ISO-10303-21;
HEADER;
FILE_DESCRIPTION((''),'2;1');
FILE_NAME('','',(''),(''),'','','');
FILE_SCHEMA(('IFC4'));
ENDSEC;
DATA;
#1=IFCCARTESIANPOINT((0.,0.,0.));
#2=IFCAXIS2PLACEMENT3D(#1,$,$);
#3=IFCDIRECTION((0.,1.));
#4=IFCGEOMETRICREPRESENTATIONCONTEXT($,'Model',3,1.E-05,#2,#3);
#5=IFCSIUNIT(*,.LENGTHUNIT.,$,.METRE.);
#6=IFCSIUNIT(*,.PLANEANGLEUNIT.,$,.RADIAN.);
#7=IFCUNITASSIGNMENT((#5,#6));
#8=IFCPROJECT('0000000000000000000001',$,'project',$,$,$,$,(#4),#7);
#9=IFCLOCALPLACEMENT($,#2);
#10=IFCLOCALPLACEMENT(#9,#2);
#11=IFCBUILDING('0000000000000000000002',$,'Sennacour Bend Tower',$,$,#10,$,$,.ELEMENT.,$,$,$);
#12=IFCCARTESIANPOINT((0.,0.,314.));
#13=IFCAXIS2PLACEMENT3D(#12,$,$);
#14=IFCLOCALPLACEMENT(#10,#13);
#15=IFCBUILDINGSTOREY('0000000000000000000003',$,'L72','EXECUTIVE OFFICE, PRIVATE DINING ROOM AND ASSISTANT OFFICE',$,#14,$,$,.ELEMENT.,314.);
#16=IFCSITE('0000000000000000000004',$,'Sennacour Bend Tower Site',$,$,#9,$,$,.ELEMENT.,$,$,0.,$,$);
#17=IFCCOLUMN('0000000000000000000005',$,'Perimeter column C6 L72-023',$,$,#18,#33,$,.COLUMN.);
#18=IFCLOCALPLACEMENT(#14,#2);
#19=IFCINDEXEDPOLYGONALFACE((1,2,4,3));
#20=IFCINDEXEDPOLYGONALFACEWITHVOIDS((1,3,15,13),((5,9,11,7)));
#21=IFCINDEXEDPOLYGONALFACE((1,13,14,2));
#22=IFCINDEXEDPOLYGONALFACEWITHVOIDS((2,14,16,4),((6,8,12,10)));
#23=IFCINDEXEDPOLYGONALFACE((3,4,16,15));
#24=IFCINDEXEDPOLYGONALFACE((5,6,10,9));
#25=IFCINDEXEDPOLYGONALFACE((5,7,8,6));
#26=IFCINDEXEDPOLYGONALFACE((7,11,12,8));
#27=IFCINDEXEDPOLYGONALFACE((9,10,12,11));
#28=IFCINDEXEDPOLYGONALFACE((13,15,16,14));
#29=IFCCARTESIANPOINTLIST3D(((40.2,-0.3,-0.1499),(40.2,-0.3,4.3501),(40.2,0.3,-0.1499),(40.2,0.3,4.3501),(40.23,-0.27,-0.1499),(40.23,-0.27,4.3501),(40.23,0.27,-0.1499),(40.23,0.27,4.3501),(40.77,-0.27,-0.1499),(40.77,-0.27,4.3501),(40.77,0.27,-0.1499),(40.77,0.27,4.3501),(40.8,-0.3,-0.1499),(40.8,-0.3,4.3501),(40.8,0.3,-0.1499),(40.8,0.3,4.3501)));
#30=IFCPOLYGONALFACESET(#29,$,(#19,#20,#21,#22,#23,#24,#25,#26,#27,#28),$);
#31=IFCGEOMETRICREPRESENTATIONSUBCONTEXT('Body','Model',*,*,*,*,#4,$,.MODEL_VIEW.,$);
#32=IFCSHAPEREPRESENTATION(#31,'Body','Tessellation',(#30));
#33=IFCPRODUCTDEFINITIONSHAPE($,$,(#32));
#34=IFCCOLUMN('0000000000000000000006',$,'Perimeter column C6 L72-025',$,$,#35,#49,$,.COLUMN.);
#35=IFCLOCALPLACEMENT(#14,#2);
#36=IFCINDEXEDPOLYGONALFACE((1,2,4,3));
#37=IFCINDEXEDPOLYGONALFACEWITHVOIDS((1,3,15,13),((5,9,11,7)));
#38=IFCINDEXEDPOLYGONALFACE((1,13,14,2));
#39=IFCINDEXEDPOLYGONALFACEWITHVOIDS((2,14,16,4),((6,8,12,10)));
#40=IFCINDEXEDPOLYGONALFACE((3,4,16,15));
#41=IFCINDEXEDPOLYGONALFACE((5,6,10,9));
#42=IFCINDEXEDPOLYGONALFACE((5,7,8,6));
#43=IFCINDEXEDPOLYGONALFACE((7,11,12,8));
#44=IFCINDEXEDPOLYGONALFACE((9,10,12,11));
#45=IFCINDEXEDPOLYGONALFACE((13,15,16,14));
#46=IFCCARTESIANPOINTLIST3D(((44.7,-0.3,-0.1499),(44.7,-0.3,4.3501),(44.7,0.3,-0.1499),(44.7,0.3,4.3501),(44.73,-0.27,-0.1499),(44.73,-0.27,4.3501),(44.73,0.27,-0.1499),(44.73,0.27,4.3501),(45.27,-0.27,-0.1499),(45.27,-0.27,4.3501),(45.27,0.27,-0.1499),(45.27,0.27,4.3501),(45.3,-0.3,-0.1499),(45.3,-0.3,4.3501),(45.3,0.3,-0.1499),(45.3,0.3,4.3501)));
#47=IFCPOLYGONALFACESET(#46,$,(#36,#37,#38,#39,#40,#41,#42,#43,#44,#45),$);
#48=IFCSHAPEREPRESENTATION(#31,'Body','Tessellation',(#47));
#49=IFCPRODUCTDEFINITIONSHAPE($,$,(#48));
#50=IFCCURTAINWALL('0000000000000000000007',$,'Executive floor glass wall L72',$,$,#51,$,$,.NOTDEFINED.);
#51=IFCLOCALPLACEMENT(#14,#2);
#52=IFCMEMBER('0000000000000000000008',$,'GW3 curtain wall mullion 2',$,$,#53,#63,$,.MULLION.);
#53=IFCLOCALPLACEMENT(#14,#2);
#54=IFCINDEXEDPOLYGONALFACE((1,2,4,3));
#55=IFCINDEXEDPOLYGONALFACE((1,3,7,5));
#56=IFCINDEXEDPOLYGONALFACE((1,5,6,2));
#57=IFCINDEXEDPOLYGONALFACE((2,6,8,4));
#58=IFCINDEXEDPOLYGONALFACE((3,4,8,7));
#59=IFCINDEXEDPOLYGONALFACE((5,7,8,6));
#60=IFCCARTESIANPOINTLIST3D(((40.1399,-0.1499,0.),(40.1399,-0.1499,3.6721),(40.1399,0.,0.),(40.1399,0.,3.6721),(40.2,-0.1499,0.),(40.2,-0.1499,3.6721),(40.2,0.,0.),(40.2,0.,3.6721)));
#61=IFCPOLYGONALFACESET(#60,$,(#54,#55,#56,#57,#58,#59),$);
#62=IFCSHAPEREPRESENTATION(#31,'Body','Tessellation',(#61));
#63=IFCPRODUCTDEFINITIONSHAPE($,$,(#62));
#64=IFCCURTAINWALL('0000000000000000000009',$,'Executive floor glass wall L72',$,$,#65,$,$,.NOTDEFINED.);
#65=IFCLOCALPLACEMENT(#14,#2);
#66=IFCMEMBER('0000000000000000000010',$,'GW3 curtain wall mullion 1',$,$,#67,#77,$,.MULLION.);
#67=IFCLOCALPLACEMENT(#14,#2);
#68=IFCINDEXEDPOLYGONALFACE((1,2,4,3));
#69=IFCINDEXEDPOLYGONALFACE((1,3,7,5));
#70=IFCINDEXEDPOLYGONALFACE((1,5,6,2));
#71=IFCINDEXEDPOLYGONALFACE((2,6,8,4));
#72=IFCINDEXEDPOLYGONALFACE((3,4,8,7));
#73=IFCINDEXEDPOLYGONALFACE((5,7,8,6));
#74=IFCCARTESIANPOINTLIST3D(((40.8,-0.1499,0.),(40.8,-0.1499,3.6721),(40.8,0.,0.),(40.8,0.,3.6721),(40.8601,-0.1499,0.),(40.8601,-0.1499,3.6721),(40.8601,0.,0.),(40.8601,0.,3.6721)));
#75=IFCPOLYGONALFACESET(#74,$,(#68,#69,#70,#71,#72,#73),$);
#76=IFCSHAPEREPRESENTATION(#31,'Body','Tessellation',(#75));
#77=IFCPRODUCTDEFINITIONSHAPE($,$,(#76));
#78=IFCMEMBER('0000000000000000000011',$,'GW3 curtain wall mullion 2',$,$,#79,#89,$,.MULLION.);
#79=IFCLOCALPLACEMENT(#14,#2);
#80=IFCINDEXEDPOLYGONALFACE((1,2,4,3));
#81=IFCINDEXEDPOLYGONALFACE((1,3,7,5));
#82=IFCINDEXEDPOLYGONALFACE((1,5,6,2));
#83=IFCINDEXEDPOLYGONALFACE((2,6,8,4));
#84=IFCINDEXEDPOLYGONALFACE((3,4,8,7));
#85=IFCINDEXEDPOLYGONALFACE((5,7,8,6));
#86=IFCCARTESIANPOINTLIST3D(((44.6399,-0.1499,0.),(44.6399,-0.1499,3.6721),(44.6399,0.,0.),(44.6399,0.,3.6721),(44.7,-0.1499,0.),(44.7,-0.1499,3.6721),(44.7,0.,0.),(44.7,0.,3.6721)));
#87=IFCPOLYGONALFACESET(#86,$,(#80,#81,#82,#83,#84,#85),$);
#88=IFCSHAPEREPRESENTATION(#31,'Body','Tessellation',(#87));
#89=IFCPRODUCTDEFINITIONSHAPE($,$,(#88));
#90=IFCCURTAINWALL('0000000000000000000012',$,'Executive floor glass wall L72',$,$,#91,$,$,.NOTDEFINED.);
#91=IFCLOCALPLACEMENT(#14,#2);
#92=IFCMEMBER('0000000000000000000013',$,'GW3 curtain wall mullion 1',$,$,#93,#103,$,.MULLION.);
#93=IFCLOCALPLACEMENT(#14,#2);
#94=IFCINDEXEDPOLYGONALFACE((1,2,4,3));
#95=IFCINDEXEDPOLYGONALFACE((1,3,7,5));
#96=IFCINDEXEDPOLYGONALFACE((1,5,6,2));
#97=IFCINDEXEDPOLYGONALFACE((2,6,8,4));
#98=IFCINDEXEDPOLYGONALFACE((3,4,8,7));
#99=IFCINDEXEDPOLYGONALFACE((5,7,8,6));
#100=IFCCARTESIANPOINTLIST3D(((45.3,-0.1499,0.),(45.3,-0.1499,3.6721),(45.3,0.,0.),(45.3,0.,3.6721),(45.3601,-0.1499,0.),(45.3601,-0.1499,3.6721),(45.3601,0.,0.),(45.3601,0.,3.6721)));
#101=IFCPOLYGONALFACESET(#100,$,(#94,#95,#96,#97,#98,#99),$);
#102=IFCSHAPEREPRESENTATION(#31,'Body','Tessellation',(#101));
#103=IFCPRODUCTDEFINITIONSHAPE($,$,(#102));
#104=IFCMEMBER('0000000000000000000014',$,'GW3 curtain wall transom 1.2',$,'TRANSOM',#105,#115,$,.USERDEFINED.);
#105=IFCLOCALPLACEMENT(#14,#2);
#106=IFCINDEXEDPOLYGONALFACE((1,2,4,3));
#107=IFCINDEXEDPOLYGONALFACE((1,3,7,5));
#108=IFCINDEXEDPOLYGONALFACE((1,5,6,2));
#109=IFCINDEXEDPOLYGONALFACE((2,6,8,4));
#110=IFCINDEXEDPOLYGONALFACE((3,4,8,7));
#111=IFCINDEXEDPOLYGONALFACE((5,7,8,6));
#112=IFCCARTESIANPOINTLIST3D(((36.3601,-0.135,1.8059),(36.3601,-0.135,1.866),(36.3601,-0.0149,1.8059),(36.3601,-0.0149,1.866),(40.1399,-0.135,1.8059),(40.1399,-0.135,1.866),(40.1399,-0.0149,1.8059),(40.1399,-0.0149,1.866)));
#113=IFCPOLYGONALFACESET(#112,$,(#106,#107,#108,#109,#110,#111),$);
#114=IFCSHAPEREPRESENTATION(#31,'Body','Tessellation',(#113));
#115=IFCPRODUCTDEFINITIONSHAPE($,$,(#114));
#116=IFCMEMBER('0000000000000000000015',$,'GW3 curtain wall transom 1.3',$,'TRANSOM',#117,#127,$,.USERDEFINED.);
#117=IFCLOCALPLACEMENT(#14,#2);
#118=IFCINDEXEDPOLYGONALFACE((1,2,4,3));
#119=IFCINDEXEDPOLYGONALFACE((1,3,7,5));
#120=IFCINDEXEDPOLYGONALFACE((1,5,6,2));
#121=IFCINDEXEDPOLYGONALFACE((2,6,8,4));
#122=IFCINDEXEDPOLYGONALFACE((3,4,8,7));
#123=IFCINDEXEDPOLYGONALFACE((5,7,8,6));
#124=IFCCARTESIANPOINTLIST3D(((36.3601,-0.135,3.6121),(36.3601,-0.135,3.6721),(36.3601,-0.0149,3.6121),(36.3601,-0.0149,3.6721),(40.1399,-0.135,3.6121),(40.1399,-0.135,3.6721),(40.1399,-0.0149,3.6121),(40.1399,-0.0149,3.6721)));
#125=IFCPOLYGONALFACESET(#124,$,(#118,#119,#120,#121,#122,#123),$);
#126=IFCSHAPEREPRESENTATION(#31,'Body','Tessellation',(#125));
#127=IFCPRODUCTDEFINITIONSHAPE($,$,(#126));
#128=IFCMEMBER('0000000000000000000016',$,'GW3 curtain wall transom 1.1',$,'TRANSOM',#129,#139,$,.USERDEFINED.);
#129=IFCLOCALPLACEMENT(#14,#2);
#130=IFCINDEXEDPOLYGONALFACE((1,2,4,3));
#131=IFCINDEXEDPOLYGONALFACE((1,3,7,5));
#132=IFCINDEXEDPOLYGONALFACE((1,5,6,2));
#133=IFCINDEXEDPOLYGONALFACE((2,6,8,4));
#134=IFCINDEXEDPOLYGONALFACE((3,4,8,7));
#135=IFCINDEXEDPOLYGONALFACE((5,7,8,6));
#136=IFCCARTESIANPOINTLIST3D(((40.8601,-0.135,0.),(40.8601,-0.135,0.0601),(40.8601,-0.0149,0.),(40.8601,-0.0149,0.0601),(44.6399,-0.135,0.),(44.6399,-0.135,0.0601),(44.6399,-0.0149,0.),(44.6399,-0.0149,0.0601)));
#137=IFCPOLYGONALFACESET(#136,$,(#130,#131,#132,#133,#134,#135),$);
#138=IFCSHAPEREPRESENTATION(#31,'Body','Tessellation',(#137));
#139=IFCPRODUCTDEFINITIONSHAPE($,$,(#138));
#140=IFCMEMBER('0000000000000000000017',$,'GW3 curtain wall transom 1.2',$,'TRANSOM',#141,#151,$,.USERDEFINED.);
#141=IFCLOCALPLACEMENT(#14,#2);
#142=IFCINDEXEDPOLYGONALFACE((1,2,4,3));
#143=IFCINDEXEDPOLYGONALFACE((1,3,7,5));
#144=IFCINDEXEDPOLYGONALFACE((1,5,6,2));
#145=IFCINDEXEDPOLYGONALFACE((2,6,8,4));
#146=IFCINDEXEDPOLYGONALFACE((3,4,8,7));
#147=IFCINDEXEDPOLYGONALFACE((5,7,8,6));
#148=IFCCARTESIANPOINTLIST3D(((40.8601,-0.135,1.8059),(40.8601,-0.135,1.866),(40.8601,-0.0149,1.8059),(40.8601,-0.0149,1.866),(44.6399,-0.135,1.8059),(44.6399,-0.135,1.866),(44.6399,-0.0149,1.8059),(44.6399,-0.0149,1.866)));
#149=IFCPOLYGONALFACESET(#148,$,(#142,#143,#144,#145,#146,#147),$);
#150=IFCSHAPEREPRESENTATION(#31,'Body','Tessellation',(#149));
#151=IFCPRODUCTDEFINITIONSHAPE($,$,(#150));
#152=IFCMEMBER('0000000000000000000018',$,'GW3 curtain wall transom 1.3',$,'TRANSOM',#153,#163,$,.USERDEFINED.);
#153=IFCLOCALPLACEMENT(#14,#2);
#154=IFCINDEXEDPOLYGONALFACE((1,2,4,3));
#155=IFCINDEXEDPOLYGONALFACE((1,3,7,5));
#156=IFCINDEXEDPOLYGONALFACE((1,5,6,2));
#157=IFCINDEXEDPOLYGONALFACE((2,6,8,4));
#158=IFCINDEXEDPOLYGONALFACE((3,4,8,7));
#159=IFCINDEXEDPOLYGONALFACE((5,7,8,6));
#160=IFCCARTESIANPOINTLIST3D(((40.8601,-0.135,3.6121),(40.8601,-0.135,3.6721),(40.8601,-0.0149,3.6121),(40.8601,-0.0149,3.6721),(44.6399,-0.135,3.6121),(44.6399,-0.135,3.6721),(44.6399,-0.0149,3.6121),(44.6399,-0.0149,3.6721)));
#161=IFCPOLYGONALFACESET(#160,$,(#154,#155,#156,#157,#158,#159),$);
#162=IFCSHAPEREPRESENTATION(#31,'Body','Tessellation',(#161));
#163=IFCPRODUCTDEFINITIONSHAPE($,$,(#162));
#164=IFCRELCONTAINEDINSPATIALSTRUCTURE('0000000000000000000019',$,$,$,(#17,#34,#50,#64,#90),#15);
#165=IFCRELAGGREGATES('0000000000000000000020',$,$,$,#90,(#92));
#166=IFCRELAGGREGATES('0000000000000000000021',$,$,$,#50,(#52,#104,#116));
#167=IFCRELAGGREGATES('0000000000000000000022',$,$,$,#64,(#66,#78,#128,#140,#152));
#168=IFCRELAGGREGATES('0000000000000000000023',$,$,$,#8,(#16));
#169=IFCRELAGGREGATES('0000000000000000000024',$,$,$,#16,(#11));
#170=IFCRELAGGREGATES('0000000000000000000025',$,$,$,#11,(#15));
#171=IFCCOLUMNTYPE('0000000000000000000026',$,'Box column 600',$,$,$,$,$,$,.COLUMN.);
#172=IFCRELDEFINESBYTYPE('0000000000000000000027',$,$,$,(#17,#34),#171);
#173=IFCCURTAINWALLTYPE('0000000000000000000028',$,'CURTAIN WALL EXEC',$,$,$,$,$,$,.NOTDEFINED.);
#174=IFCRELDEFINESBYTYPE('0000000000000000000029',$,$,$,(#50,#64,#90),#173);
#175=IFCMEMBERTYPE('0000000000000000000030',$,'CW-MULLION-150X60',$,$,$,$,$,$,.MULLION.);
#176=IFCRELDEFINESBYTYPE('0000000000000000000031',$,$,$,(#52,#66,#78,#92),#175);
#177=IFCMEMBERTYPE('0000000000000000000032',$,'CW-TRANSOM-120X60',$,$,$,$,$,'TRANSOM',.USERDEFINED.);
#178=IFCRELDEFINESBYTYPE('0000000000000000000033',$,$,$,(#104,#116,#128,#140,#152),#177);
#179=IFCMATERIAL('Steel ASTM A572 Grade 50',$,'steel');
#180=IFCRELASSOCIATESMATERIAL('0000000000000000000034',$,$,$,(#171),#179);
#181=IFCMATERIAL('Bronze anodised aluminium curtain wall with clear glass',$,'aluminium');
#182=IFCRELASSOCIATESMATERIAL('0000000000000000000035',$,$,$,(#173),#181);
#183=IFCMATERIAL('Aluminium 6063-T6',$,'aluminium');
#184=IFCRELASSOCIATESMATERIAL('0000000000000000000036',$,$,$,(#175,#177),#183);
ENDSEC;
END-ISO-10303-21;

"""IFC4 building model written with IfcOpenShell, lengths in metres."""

from ifc_helpers import new_model, si_unit, direction, frame, origin, origin_2d, place, context, subcontext, project, spatial, rectangle, hollow_rectangle, extrude, material, material_profile, profile_set, type_object, element, aggregate, save


model = new_model("IFC4")

# Units and contexts
model_context = context("Model", 3, precision=1e-05, world=origin(), true_north=direction((0.0, 1.0)))
body_context = subcontext(model_context, "Body", "Model", "MODEL_VIEW")
ifc_project = project(units=[si_unit("LENGTHUNIT", "METRE"), si_unit("PLANEANGLEUNIT", "RADIAN")], contexts=[model_context])

# Site, building, storey
site_placement = place(None, origin())
site = spatial("IfcSite", under=ifc_project, at=site_placement, Name="Sennacour Bend Tower Site", CompositionType="ELEMENT", RefElevation=0.0)
building_placement = place(site_placement, origin())
building = spatial("IfcBuilding", under=site, at=building_placement, Name="Sennacour Bend Tower", CompositionType="ELEMENT")
storey_placement = place(building_placement, frame((0.0, 0.0, 314.0)))
storey = spatial("IfcBuildingStorey", under=building, at=storey_placement, Name="L72", Description="EXECUTIVE OFFICE, PRIVATE DINING ROOM AND ASSISTANT OFFICE", CompositionType="ELEMENT", Elevation=314.0)

# Columns
ifc_material_1 = material(Name="Steel ASTM A572 Grade 50", Category="steel")
ifc_material_profile_1 = material_profile(ifc_material_1, hollow_rectangle(XDim=0.6001, YDim=0.6001, WallThickness=0.03, at=origin_2d()), Name="Steel ASTM A572 Grade 50", Category="steel")
ifc_profile_set_1 = profile_set([ifc_material_profile_1], Name="Steel ASTM A572 Grade 50")
column_type = type_object("IfcColumnType", Name="Box column 600", PredefinedType="COLUMN", material=ifc_profile_set_1)
for number, where, z_axis, x_axis, name in (
    (1, (40.5, 0.0, -0.1499), (0.0, 0.0, 1.0), (1.0, 0.0, 0.0), "Perimeter column C6 L72-023"),
    (2, (45.0, 0.0, -0.1499), (0.0, 0.0, 1.0), (1.0, 0.0, 0.0), "Perimeter column C6 L72-025"),
):
    element("IfcColumn", number, at=place(storey_placement, frame(where, z_axis=z_axis, x_axis=x_axis)), inside=storey, type_object=column_type, Name=name, PredefinedType="COLUMN", context=body_context, shape_type="SweptSolid", body=[
        extrude(hollow_rectangle(XDim=0.6001, YDim=0.6001, WallThickness=0.03, at=origin_2d()), origin(), (0.0, 0.0, 1.0), 4.5),
    ])

# Curtain wall, member
ifc_material_2 = material(Name="Bronze anodised aluminium curtain wall with clear glass", Category="aluminium")
curtain_wall_type = type_object("IfcCurtainWallType", Name="CURTAIN WALL EXEC", PredefinedType="NOTDEFINED", material=ifc_material_2)
curtain_wall_1_placement = place(storey_placement, origin())
curtain_wall_1 = element("IfcCurtainWall", 3, at=curtain_wall_1_placement, inside=storey, type_object=curtain_wall_type, Name="Executive floor glass wall L72", PredefinedType="NOTDEFINED")
ifc_material_3 = material(Name="Aluminium 6063-T6", Category="aluminium")
ifc_material_profile_2 = material_profile(ifc_material_3, rectangle(XDim=0.1499, YDim=0.0601, at=origin_2d()), Name="Aluminium 6063-T6", Category="aluminium")
ifc_profile_set_2 = profile_set([ifc_material_profile_2], Name="Aluminium 6063-T6")
member_type_1 = type_object("IfcMemberType", Name="CW-MULLION-150X60", PredefinedType="MULLION", material=ifc_profile_set_2)
member_1_placement = place(storey_placement, frame((40.1699, -0.075, 0.0), z_axis=(0.0, 0.0, 1.0), x_axis=(0.0, 1.0, 0.0)))
member_1 = element("IfcMember", 4, at=member_1_placement, type_object=member_type_1, Name="GW3 curtain wall mullion 2", PredefinedType="MULLION", context=body_context, shape_type="SweptSolid", body=[
    extrude(rectangle(XDim=0.1499, YDim=0.0601, at=origin_2d()), origin(), (0.0, 0.0, 1.0), 3.6721),
])

# Curtain wall, members
curtain_wall_2_placement = place(storey_placement, origin())
curtain_wall_2 = element("IfcCurtainWall", 5, at=curtain_wall_2_placement, inside=storey, type_object=curtain_wall_type, Name="Executive floor glass wall L72", PredefinedType="NOTDEFINED")
member_2_placement = place(storey_placement, frame((40.8301, -0.075, 0.0), z_axis=(0.0, 0.0, 1.0), x_axis=(0.0, 1.0, 0.0)))
member_2 = element("IfcMember", 6, at=member_2_placement, type_object=member_type_1, Name="GW3 curtain wall mullion 1", PredefinedType="MULLION", context=body_context, shape_type="SweptSolid", body=[
    extrude(rectangle(XDim=0.1499, YDim=0.0601, at=origin_2d()), origin(), (0.0, 0.0, 1.0), 3.6721),
])
member_3_placement = place(storey_placement, frame((44.6699, -0.075, 0.0), z_axis=(0.0, 0.0, 1.0), x_axis=(0.0, 1.0, 0.0)))
member_3 = element("IfcMember", 7, at=member_3_placement, type_object=member_type_1, Name="GW3 curtain wall mullion 2", PredefinedType="MULLION", context=body_context, shape_type="SweptSolid", body=[
    extrude(rectangle(XDim=0.1499, YDim=0.0601, at=origin_2d()), origin(), (0.0, 0.0, 1.0), 3.6721),
])

# Curtain wall, member
curtain_wall_3_placement = place(storey_placement, origin())
curtain_wall_3 = element("IfcCurtainWall", 8, at=curtain_wall_3_placement, inside=storey, type_object=curtain_wall_type, Name="Executive floor glass wall L72", PredefinedType="NOTDEFINED")
member_4_placement = place(storey_placement, frame((45.3301, -0.075, 0.0), z_axis=(0.0, 0.0, 1.0), x_axis=(0.0, 1.0, 0.0)))
member_4 = element("IfcMember", 9, at=member_4_placement, type_object=member_type_1, Name="GW3 curtain wall mullion 1", PredefinedType="MULLION", context=body_context, shape_type="SweptSolid", body=[
    extrude(rectangle(XDim=0.1499, YDim=0.0601, at=origin_2d()), origin(), (0.0, 0.0, 1.0), 3.6721),
])
aggregate(curtain_wall_3, [member_4])

# Members
ifc_material_profile_3 = material_profile(ifc_material_3, rectangle(XDim=0.1201, YDim=0.0601, at=origin_2d()), Name="Aluminium 6063-T6", Category="aluminium")
ifc_profile_set_3 = profile_set([ifc_material_profile_3], Name="Aluminium 6063-T6")
member_type_2 = type_object("IfcMemberType", Name="CW-TRANSOM-120X60", ElementType="TRANSOM", PredefinedType="USERDEFINED", material=ifc_profile_set_3)
member_5_placement = place(storey_placement, frame((36.3601, -0.075, 1.8359), z_axis=(1.0, 0.0, 0.0), x_axis=(0.0, 1.0, 0.0)))
member_5 = element("IfcMember", 10, at=member_5_placement, type_object=member_type_2, Name="GW3 curtain wall transom 1.2", ObjectType="TRANSOM", PredefinedType="USERDEFINED", context=body_context, shape_type="SweptSolid", body=[
    extrude(rectangle(XDim=0.1201, YDim=0.0601, at=origin_2d()), origin(), (0.0, 0.0, 1.0), 3.7798),
])
member_6_placement = place(storey_placement, frame((36.3601, -0.075, 3.6421), z_axis=(1.0, 0.0, 0.0), x_axis=(0.0, 1.0, 0.0)))
member_6 = element("IfcMember", 11, at=member_6_placement, type_object=member_type_2, Name="GW3 curtain wall transom 1.3", ObjectType="TRANSOM", PredefinedType="USERDEFINED", context=body_context, shape_type="SweptSolid", body=[
    extrude(rectangle(XDim=0.1201, YDim=0.0601, at=origin_2d()), origin(), (0.0, 0.0, 1.0), 3.7798),
])
member_7_placement = place(storey_placement, frame((40.8601, -0.075, 0.03), z_axis=(1.0, 0.0, 0.0), x_axis=(0.0, 1.0, 0.0)))
member_7 = element("IfcMember", 12, at=member_7_placement, type_object=member_type_2, Name="GW3 curtain wall transom 1.1", ObjectType="TRANSOM", PredefinedType="USERDEFINED", context=body_context, shape_type="SweptSolid", body=[
    extrude(rectangle(XDim=0.1201, YDim=0.0601, at=origin_2d()), origin(), (0.0, 0.0, 1.0), 3.7798),
])
member_8_placement = place(storey_placement, frame((40.8601, -0.075, 1.8359), z_axis=(1.0, 0.0, 0.0), x_axis=(0.0, 1.0, 0.0)))
member_8 = element("IfcMember", 13, at=member_8_placement, type_object=member_type_2, Name="GW3 curtain wall transom 1.2", ObjectType="TRANSOM", PredefinedType="USERDEFINED", context=body_context, shape_type="SweptSolid", body=[
    extrude(rectangle(XDim=0.1201, YDim=0.0601, at=origin_2d()), origin(), (0.0, 0.0, 1.0), 3.7798),
])
member_9_placement = place(storey_placement, frame((40.8601, -0.075, 3.6421), z_axis=(1.0, 0.0, 0.0), x_axis=(0.0, 1.0, 0.0)))
member_9 = element("IfcMember", 14, at=member_9_placement, type_object=member_type_2, Name="GW3 curtain wall transom 1.3", ObjectType="TRANSOM", PredefinedType="USERDEFINED", context=body_context, shape_type="SweptSolid", body=[
    extrude(rectangle(XDim=0.1201, YDim=0.0601, at=origin_2d()), origin(), (0.0, 0.0, 1.0), 3.7798),
])

aggregate(curtain_wall_1, [member_1, member_5, member_6])
aggregate(curtain_wall_2, [member_2, member_3, member_7, member_8, member_9])

save(model, "model.ifc")
